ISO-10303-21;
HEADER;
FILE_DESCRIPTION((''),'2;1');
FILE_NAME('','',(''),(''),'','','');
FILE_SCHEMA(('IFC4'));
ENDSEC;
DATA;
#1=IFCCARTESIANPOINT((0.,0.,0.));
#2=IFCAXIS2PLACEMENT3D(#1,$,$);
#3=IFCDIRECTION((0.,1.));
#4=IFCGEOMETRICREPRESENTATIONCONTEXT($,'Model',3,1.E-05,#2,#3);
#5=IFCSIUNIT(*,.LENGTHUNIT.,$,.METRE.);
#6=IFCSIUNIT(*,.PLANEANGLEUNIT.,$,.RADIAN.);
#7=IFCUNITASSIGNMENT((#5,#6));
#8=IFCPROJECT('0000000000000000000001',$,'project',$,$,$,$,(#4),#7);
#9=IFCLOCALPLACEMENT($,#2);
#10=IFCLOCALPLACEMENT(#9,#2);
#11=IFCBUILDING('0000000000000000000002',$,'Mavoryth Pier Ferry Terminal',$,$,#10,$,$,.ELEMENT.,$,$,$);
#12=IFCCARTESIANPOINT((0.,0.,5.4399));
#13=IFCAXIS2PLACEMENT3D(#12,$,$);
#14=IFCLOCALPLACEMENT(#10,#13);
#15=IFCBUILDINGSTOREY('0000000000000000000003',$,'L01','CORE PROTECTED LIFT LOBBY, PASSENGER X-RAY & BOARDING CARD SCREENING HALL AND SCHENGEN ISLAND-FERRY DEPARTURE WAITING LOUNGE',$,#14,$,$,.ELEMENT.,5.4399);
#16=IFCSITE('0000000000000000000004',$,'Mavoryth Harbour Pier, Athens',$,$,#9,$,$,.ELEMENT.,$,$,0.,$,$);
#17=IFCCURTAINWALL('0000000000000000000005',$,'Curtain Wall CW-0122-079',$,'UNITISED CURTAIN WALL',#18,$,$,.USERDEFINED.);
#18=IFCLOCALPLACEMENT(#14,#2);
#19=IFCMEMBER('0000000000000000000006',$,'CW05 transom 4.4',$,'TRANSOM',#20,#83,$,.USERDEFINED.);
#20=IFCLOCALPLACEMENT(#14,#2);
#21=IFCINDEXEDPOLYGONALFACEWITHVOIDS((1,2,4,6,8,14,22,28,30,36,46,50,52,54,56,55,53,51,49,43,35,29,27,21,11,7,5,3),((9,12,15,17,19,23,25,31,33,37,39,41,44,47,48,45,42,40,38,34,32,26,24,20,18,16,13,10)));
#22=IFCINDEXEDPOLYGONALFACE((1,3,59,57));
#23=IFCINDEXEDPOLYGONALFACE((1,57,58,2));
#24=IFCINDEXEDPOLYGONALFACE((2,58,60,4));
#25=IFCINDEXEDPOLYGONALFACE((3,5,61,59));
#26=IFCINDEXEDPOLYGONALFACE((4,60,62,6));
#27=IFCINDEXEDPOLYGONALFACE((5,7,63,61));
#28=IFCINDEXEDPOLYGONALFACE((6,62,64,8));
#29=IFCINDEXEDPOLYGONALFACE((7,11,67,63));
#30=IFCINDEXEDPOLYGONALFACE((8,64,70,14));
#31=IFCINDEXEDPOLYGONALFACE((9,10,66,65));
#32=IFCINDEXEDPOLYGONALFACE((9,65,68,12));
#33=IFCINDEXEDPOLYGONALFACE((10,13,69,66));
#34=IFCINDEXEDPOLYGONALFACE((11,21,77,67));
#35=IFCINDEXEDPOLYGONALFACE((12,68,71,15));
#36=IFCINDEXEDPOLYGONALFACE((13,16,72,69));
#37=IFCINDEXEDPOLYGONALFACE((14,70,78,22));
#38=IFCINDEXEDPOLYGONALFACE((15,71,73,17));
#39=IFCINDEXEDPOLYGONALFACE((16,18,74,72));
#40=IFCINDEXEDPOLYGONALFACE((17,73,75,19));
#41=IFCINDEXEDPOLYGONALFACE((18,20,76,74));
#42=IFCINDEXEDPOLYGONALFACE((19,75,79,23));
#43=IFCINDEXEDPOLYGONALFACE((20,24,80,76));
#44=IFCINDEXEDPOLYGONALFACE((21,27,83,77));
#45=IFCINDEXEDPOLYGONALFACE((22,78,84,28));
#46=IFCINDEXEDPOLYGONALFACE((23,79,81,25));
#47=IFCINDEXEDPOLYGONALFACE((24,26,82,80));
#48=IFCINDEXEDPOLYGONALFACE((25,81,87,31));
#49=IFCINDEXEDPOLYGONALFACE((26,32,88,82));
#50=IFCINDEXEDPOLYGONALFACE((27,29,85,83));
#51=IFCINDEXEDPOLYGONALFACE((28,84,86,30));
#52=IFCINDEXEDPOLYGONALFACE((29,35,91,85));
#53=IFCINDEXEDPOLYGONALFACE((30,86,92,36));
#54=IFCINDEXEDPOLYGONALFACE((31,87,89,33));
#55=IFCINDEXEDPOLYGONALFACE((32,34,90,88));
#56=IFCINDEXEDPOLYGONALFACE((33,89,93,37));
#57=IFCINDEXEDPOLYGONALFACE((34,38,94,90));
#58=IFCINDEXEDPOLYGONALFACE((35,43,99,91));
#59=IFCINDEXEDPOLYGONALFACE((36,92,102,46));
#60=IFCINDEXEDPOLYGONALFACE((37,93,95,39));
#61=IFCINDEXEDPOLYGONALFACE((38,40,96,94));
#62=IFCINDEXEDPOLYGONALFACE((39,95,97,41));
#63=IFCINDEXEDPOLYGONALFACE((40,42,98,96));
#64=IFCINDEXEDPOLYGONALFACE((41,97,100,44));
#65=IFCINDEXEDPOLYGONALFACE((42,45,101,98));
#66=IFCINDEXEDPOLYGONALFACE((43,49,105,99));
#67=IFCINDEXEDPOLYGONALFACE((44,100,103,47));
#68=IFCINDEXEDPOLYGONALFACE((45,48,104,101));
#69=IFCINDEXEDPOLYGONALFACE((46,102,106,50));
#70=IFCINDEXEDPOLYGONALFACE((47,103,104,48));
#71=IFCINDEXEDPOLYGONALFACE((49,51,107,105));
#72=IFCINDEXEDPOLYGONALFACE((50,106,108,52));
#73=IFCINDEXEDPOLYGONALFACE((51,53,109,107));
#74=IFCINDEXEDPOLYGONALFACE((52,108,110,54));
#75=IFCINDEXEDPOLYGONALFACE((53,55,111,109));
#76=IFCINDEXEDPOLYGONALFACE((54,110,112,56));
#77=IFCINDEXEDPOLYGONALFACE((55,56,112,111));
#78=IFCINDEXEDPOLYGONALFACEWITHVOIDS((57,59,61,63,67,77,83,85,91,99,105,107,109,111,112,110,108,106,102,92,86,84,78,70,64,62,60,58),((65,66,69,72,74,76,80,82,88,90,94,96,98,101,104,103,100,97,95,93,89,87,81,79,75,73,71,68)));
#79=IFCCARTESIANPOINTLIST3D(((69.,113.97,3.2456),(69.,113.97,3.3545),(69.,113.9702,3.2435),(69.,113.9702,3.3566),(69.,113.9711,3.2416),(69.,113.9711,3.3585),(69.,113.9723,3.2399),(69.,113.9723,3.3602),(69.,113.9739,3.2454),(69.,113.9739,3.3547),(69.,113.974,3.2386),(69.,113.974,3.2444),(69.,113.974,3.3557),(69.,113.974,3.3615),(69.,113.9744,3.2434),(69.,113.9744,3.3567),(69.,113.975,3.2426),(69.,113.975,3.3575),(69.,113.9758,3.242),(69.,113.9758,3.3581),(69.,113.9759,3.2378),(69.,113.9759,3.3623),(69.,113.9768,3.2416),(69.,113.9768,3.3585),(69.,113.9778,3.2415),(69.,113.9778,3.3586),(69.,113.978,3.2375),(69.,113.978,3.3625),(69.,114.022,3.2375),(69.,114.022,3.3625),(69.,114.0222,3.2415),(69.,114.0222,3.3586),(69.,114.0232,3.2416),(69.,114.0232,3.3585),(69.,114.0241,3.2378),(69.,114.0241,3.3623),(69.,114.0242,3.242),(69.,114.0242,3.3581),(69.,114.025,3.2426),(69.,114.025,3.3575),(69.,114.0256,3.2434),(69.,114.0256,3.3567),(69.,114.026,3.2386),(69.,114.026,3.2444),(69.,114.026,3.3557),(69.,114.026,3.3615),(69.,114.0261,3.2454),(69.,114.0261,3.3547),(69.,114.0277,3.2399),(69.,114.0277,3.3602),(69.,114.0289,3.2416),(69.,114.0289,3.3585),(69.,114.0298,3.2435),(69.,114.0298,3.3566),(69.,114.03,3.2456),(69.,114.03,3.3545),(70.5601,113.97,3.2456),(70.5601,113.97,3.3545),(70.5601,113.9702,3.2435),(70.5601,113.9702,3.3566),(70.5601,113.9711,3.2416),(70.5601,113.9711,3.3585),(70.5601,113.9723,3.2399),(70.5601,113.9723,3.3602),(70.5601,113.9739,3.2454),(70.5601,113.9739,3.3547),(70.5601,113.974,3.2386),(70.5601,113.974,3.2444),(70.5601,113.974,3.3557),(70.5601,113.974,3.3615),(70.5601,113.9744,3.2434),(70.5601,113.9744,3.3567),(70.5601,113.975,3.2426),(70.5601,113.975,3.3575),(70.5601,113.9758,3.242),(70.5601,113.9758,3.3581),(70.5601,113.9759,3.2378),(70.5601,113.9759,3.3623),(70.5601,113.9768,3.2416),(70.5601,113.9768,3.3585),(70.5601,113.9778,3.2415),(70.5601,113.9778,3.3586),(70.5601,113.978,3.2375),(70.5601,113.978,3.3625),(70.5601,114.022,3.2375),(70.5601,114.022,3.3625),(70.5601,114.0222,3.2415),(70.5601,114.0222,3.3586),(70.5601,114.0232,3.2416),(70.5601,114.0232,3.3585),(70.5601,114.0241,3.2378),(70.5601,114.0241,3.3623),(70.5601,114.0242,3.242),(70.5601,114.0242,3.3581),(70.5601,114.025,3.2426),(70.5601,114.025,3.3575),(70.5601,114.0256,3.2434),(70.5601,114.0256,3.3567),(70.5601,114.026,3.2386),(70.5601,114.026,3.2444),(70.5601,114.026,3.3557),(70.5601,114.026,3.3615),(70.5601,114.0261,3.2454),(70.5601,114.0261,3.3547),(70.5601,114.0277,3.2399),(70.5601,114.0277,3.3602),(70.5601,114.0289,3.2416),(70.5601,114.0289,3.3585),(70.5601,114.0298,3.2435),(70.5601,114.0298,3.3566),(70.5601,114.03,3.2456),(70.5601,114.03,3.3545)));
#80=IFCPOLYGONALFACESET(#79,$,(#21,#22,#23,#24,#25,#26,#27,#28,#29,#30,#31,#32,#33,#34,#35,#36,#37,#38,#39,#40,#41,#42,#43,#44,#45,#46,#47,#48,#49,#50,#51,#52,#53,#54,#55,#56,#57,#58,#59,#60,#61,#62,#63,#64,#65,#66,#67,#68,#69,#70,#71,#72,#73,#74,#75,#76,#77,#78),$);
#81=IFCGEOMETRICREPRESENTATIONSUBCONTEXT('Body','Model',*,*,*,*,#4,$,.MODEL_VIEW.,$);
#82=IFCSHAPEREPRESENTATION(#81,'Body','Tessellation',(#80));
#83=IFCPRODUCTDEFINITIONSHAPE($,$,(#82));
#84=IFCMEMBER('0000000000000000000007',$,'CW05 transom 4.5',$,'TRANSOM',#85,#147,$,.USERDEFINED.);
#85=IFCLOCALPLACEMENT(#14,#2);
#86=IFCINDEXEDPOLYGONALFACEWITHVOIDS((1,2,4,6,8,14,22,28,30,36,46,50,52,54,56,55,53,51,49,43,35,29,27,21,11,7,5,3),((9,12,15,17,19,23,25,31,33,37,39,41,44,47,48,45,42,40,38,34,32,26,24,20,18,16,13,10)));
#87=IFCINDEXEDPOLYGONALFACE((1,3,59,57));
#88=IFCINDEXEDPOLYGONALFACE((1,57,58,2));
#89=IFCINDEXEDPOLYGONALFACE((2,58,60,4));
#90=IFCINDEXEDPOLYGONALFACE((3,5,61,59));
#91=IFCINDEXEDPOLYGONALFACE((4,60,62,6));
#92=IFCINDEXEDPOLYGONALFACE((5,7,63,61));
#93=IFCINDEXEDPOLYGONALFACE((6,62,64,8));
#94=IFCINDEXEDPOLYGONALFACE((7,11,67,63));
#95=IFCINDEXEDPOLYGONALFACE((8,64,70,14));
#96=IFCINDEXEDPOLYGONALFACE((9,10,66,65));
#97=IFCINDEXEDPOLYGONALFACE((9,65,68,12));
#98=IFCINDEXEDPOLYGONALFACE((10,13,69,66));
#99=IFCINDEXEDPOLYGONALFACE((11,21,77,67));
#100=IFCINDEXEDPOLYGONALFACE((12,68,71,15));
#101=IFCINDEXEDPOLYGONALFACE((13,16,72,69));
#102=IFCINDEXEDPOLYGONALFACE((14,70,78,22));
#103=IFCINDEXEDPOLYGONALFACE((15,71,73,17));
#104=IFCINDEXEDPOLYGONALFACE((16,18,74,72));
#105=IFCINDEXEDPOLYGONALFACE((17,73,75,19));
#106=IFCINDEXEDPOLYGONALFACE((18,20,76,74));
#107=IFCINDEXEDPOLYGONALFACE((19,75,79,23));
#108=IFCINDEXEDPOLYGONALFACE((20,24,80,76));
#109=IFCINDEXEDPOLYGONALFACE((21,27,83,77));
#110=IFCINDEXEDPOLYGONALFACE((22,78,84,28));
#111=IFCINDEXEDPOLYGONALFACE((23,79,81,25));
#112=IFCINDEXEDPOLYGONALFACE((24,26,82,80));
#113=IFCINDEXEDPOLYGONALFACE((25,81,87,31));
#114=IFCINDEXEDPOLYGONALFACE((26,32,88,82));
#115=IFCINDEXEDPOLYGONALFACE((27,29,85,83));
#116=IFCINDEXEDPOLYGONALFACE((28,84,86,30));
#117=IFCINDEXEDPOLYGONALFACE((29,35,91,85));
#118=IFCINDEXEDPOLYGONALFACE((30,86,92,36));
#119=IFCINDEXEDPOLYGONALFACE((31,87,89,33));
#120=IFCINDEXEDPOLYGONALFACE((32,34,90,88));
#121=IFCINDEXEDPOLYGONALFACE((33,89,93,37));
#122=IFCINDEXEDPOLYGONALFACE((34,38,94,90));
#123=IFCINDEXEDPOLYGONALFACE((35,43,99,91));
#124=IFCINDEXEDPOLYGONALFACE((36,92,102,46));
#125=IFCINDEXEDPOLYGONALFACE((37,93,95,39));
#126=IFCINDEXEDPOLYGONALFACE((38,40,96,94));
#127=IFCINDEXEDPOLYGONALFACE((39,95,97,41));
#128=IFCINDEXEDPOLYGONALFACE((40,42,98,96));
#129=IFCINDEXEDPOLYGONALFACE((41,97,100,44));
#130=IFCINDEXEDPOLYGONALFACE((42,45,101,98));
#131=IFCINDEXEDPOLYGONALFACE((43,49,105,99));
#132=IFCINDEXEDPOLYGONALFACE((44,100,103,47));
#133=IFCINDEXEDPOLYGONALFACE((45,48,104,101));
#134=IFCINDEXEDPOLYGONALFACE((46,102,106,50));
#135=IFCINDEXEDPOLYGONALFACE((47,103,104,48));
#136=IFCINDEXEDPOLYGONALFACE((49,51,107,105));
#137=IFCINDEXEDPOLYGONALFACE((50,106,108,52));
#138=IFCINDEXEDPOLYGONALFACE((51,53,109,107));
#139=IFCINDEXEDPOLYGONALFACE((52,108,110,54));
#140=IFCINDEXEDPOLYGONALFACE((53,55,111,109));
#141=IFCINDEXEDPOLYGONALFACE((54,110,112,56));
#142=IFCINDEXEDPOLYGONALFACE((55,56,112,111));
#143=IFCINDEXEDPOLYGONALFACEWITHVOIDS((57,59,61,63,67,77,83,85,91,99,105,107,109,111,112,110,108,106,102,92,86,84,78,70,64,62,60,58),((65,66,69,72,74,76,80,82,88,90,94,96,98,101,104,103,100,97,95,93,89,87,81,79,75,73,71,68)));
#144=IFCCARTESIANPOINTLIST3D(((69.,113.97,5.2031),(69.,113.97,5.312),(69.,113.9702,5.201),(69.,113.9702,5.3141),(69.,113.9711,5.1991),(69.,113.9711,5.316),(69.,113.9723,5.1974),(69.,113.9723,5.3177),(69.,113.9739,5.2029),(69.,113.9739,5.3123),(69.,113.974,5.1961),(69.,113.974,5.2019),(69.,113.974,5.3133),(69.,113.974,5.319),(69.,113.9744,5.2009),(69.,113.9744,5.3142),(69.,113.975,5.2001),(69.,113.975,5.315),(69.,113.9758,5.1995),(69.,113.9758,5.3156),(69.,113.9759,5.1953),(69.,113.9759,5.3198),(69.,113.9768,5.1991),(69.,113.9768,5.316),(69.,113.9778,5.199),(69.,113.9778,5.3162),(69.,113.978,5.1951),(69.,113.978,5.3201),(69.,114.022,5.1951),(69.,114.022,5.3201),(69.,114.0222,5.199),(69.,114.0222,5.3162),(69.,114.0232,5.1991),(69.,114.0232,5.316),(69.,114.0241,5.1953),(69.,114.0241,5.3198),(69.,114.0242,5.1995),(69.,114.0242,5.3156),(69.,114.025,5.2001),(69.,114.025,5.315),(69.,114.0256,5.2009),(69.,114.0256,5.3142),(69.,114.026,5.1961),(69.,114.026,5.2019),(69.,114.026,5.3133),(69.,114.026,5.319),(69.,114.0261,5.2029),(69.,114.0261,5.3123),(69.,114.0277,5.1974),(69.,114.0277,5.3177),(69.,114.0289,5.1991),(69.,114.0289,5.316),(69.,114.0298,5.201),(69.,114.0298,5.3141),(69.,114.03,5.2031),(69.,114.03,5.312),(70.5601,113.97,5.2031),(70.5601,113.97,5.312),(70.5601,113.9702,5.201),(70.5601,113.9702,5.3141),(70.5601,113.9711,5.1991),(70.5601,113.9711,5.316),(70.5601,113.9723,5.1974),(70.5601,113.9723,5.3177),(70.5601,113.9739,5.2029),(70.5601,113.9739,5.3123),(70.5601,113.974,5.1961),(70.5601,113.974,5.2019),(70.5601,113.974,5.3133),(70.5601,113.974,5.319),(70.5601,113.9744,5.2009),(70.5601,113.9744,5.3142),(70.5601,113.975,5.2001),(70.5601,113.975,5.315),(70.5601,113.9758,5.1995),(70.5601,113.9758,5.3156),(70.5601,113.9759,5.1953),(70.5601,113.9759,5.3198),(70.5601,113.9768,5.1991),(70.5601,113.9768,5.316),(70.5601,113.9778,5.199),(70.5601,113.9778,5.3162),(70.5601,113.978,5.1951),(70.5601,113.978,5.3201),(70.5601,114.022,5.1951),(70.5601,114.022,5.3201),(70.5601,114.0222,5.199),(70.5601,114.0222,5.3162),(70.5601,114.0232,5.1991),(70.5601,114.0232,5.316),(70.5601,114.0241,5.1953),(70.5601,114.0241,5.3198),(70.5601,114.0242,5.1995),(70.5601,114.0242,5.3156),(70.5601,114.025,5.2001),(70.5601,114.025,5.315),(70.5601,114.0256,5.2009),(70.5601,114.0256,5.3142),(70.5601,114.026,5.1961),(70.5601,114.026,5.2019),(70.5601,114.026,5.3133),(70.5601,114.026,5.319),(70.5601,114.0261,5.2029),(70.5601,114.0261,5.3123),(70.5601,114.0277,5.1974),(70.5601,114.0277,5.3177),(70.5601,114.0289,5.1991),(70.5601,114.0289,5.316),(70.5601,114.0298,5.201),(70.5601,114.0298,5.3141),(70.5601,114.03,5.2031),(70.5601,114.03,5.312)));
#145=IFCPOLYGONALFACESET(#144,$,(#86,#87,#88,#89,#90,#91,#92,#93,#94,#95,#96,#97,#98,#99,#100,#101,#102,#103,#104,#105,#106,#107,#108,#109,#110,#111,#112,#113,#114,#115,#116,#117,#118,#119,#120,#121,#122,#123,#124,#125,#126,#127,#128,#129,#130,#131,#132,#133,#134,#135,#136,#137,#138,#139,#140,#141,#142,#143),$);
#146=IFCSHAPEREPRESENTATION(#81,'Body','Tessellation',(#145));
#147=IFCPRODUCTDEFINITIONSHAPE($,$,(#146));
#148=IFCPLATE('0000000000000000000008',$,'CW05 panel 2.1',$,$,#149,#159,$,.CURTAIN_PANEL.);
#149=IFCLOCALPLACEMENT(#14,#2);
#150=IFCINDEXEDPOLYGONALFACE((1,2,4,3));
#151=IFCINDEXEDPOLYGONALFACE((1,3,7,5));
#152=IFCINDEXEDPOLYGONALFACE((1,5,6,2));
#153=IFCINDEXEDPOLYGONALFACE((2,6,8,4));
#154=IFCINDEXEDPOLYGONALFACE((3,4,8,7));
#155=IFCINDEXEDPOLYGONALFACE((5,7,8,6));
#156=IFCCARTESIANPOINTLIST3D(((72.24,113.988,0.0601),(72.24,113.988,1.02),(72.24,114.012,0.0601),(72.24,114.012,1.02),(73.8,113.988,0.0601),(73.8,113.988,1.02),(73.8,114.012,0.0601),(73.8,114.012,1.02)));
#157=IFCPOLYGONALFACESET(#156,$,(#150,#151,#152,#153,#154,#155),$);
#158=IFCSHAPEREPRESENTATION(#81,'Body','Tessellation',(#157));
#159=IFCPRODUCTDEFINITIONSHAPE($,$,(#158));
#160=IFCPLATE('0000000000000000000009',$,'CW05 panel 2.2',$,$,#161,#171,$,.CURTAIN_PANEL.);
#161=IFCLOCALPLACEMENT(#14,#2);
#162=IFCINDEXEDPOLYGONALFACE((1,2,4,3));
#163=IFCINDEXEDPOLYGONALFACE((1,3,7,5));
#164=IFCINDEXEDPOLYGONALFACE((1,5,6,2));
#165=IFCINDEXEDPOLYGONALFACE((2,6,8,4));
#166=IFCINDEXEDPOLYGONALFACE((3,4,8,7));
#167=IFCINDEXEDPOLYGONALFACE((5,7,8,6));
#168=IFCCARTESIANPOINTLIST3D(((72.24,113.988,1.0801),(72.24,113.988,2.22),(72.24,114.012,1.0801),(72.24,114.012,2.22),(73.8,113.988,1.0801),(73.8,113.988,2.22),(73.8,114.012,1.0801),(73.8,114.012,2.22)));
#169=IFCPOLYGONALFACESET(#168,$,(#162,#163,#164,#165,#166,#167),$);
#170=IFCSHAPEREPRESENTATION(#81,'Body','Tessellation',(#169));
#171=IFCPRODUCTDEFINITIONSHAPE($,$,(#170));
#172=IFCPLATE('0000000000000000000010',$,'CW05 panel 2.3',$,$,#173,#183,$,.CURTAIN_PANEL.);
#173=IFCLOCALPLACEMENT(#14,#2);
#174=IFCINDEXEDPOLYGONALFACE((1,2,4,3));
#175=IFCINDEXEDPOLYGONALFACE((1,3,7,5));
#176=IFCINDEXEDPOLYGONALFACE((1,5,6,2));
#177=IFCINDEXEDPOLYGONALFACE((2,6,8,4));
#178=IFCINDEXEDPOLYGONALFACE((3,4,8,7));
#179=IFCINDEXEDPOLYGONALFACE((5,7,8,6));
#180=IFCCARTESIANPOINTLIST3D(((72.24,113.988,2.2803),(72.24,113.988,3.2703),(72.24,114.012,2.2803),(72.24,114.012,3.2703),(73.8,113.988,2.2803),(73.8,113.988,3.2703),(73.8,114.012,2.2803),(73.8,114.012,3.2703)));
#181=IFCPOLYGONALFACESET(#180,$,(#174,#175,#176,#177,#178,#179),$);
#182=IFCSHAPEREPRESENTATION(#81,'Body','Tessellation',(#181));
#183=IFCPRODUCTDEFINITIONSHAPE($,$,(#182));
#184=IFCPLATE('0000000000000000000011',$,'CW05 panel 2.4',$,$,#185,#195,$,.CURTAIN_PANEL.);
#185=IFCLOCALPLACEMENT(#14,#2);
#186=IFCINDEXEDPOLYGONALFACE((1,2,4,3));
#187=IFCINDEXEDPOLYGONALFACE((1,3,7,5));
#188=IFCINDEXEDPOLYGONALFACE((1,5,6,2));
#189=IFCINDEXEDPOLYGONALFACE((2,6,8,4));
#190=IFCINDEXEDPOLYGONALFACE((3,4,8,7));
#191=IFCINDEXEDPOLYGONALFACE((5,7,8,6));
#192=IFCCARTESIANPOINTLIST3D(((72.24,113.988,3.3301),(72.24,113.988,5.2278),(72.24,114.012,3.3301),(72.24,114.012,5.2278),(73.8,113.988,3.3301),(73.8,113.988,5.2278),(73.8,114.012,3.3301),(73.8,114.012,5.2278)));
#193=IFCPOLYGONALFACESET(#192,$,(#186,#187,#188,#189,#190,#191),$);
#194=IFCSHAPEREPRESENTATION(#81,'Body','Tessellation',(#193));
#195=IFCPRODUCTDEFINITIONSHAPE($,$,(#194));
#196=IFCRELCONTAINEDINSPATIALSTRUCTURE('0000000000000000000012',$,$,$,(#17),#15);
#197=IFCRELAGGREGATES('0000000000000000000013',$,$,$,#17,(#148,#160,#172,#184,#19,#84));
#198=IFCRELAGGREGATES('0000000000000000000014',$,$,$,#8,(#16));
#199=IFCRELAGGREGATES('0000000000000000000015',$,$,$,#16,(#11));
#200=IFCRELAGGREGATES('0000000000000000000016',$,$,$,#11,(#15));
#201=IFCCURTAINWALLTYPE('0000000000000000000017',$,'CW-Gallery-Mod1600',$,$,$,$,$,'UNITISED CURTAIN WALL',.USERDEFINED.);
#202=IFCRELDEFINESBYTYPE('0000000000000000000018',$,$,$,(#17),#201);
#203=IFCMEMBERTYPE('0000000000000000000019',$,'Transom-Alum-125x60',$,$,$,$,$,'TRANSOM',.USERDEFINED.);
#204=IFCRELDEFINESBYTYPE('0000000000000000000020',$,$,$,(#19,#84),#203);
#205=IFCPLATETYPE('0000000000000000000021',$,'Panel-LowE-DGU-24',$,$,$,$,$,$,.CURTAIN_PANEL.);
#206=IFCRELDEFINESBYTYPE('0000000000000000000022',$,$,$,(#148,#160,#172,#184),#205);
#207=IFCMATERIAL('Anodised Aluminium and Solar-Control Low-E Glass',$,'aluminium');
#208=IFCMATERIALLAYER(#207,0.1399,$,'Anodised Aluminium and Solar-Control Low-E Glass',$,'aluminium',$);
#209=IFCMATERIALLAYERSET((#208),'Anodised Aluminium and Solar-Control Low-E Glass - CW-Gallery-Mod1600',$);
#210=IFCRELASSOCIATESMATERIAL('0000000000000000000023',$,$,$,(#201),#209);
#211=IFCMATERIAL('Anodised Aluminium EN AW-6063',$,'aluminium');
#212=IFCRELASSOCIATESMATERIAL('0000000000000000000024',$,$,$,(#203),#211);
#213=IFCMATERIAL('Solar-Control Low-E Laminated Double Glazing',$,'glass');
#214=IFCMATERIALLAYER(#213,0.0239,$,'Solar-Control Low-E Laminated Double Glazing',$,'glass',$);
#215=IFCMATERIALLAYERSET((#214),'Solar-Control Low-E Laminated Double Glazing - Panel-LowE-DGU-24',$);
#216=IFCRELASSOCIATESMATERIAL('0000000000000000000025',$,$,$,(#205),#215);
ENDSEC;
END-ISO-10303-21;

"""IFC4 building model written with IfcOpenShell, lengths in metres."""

from ifc_helpers import new_model, si_unit, direction, frame, origin, origin_2d, place, context, subcontext, project, spatial, rectangle, hollow_rectangle, extrude, material, layer, layer_set, material_profile, profile_set, type_object, element, aggregate, save


model = new_model("IFC4")

# Units and contexts
model_context = context("Model", 3, precision=1e-05, world=origin(), true_north=direction((0.0, 1.0)))
body_context = subcontext(model_context, "Body", "Model", "MODEL_VIEW")
ifc_project = project(units=[si_unit("LENGTHUNIT", "METRE"), si_unit("PLANEANGLEUNIT", "RADIAN")], contexts=[model_context])

# Site, building, storey
site_placement = place(None, origin())
site = spatial("IfcSite", under=ifc_project, at=site_placement, Name="Mavoryth Harbour Pier, Athens", CompositionType="ELEMENT", RefElevation=0.0)
building_placement = place(site_placement, origin())
building = spatial("IfcBuilding", under=site, at=building_placement, Name="Mavoryth Pier Ferry Terminal", CompositionType="ELEMENT")
storey_placement = place(building_placement, frame((0.0, 0.0, 5.4399)))
storey = spatial("IfcBuildingStorey", under=building, at=storey_placement, Name="L01", Description="CORE PROTECTED LIFT LOBBY, PASSENGER X-RAY & BOARDING CARD SCREENING HALL AND SCHENGEN ISLAND-FERRY DEPARTURE WAITING LOUNGE", CompositionType="ELEMENT", Elevation=5.4399)

# Curtain wall, members, plates
ifc_material_1 = material(Name="Anodised Aluminium and Solar-Control Low-E Glass", Category="aluminium")
ifc_layer_1 = layer(ifc_material_1, 0.1399, Name="Anodised Aluminium and Solar-Control Low-E Glass", Category="aluminium")
ifc_layer_set_1 = layer_set([ifc_layer_1], Name="Anodised Aluminium and Solar-Control Low-E Glass - CW-Gallery-Mod1600")
curtain_wall_type = type_object("IfcCurtainWallType", Name="CW-Gallery-Mod1600", ElementType="UNITISED CURTAIN WALL", PredefinedType="USERDEFINED", material=ifc_layer_set_1)
curtain_wall_placement = place(storey_placement, origin())
curtain_wall = element("IfcCurtainWall", 1, at=curtain_wall_placement, inside=storey, type_object=curtain_wall_type, Name="Curtain Wall CW-0122-079", ObjectType="UNITISED CURTAIN WALL", PredefinedType="USERDEFINED")
ifc_material_2 = material(Name="Anodised Aluminium EN AW-6063", Category="aluminium")
ifc_material_profile_1 = material_profile(ifc_material_2, hollow_rectangle(XDim=0.0601, YDim=0.125, WallThickness=0.0039, InnerFilletRadius=0.0039, OuterFilletRadius=0.0081, at=origin_2d()), Name="AL-TRAN 125x60x4", Category="aluminium")
ifc_profile_set_1 = profile_set([ifc_material_profile_1], Name="Anodised Aluminium EN AW-6063 - AL-TRAN 125x60x4")
member_type_1 = type_object("IfcMemberType", Name="Transom-Alum-125x60", ElementType="TRANSOM", PredefinedType="USERDEFINED", material=ifc_profile_set_1)
member_1_placement = place(storey_placement, frame((70.5601, 114.0, 3.3), z_axis=(-1.0, 0.0, 0.0), x_axis=(0.0, -1.0, 0.0)))
member_1 = element("IfcMember", 2, at=member_1_placement, type_object=member_type_1, Name="CW05 transom 4.4", ObjectType="TRANSOM", PredefinedType="USERDEFINED", context=body_context, shape_type="SweptSolid", body=[
    extrude(hollow_rectangle(XDim=0.0601, YDim=0.125, WallThickness=0.0039, InnerFilletRadius=0.0039, OuterFilletRadius=0.0081, at=origin_2d()), origin(), (0.0, 0.0, 1.0), 1.5601),
])
member_2_placement = place(storey_placement, frame((70.5601, 114.0, 5.2576), z_axis=(-1.0, 0.0, 0.0), x_axis=(0.0, -1.0, 0.0)))
member_2 = element("IfcMember", 3, at=member_2_placement, type_object=member_type_1, Name="CW05 transom 4.5", ObjectType="TRANSOM", PredefinedType="USERDEFINED", context=body_context, shape_type="SweptSolid", body=[
    extrude(hollow_rectangle(XDim=0.0601, YDim=0.125, WallThickness=0.0039, InnerFilletRadius=0.0039, OuterFilletRadius=0.0081, at=origin_2d()), origin(), (0.0, 0.0, 1.0), 1.5601),
])
ifc_material_3 = material(Name="Solar-Control Low-E Laminated Double Glazing", Category="glass")
ifc_layer_2 = layer(ifc_material_3, 0.0239, Name="Solar-Control Low-E Laminated Double Glazing", Category="glass")
ifc_layer_set_2 = layer_set([ifc_layer_2], Name="Solar-Control Low-E Laminated Double Glazing - Panel-LowE-DGU-24")
plate_type = type_object("IfcPlateType", Name="Panel-LowE-DGU-24", PredefinedType="CURTAIN_PANEL", material=ifc_layer_set_2)
plate_1_placement = place(storey_placement, frame((73.02, 114.0, 0.0601), z_axis=(0.0, 0.0, 1.0), x_axis=(-1.0, 0.0, 0.0)))
plate_1 = element("IfcPlate", 4, at=plate_1_placement, type_object=plate_type, Name="CW05 panel 2.1", PredefinedType="CURTAIN_PANEL", context=body_context, shape_type="SweptSolid", body=[
    extrude(rectangle(XDim=1.5601, YDim=0.0239, at=origin_2d()), origin(), (0.0, 0.0, 1.0), 0.96),
])
plate_2_placement = place(storey_placement, frame((73.02, 114.0, 1.0801), z_axis=(0.0, 0.0, 1.0), x_axis=(-1.0, 0.0, 0.0)))
plate_2 = element("IfcPlate", 5, at=plate_2_placement, type_object=plate_type, Name="CW05 panel 2.2", PredefinedType="CURTAIN_PANEL", context=body_context, shape_type="SweptSolid", body=[
    extrude(rectangle(XDim=1.5601, YDim=0.0239, at=origin_2d()), origin(), (0.0, 0.0, 1.0), 1.1399),
])
plate_3_placement = place(storey_placement, frame((73.02, 114.0, 2.2803), z_axis=(0.0, 0.0, 1.0), x_axis=(-1.0, 0.0, 0.0)))
plate_3 = element("IfcPlate", 6, at=plate_3_placement, type_object=plate_type, Name="CW05 panel 2.3", PredefinedType="CURTAIN_PANEL", context=body_context, shape_type="SweptSolid", body=[
    extrude(rectangle(XDim=1.5601, YDim=0.0239, at=origin_2d()), origin(), (0.0, 0.0, 1.0), 0.99),
])
plate_4_placement = place(storey_placement, frame((73.02, 114.0, 3.3301), z_axis=(0.0, 0.0, 1.0), x_axis=(-1.0, 0.0, 0.0)))
plate_4 = element("IfcPlate", 7, at=plate_4_placement, type_object=plate_type, Name="CW05 panel 2.4", PredefinedType="CURTAIN_PANEL", context=body_context, shape_type="SweptSolid", body=[
    extrude(rectangle(XDim=1.5601, YDim=0.0239, at=origin_2d()), origin(), (0.0, 0.0, 1.0), 1.8977),
])
aggregate(curtain_wall, [plate_1, plate_2, plate_3, plate_4, member_1, member_2])

save(model, "model.ifc")
